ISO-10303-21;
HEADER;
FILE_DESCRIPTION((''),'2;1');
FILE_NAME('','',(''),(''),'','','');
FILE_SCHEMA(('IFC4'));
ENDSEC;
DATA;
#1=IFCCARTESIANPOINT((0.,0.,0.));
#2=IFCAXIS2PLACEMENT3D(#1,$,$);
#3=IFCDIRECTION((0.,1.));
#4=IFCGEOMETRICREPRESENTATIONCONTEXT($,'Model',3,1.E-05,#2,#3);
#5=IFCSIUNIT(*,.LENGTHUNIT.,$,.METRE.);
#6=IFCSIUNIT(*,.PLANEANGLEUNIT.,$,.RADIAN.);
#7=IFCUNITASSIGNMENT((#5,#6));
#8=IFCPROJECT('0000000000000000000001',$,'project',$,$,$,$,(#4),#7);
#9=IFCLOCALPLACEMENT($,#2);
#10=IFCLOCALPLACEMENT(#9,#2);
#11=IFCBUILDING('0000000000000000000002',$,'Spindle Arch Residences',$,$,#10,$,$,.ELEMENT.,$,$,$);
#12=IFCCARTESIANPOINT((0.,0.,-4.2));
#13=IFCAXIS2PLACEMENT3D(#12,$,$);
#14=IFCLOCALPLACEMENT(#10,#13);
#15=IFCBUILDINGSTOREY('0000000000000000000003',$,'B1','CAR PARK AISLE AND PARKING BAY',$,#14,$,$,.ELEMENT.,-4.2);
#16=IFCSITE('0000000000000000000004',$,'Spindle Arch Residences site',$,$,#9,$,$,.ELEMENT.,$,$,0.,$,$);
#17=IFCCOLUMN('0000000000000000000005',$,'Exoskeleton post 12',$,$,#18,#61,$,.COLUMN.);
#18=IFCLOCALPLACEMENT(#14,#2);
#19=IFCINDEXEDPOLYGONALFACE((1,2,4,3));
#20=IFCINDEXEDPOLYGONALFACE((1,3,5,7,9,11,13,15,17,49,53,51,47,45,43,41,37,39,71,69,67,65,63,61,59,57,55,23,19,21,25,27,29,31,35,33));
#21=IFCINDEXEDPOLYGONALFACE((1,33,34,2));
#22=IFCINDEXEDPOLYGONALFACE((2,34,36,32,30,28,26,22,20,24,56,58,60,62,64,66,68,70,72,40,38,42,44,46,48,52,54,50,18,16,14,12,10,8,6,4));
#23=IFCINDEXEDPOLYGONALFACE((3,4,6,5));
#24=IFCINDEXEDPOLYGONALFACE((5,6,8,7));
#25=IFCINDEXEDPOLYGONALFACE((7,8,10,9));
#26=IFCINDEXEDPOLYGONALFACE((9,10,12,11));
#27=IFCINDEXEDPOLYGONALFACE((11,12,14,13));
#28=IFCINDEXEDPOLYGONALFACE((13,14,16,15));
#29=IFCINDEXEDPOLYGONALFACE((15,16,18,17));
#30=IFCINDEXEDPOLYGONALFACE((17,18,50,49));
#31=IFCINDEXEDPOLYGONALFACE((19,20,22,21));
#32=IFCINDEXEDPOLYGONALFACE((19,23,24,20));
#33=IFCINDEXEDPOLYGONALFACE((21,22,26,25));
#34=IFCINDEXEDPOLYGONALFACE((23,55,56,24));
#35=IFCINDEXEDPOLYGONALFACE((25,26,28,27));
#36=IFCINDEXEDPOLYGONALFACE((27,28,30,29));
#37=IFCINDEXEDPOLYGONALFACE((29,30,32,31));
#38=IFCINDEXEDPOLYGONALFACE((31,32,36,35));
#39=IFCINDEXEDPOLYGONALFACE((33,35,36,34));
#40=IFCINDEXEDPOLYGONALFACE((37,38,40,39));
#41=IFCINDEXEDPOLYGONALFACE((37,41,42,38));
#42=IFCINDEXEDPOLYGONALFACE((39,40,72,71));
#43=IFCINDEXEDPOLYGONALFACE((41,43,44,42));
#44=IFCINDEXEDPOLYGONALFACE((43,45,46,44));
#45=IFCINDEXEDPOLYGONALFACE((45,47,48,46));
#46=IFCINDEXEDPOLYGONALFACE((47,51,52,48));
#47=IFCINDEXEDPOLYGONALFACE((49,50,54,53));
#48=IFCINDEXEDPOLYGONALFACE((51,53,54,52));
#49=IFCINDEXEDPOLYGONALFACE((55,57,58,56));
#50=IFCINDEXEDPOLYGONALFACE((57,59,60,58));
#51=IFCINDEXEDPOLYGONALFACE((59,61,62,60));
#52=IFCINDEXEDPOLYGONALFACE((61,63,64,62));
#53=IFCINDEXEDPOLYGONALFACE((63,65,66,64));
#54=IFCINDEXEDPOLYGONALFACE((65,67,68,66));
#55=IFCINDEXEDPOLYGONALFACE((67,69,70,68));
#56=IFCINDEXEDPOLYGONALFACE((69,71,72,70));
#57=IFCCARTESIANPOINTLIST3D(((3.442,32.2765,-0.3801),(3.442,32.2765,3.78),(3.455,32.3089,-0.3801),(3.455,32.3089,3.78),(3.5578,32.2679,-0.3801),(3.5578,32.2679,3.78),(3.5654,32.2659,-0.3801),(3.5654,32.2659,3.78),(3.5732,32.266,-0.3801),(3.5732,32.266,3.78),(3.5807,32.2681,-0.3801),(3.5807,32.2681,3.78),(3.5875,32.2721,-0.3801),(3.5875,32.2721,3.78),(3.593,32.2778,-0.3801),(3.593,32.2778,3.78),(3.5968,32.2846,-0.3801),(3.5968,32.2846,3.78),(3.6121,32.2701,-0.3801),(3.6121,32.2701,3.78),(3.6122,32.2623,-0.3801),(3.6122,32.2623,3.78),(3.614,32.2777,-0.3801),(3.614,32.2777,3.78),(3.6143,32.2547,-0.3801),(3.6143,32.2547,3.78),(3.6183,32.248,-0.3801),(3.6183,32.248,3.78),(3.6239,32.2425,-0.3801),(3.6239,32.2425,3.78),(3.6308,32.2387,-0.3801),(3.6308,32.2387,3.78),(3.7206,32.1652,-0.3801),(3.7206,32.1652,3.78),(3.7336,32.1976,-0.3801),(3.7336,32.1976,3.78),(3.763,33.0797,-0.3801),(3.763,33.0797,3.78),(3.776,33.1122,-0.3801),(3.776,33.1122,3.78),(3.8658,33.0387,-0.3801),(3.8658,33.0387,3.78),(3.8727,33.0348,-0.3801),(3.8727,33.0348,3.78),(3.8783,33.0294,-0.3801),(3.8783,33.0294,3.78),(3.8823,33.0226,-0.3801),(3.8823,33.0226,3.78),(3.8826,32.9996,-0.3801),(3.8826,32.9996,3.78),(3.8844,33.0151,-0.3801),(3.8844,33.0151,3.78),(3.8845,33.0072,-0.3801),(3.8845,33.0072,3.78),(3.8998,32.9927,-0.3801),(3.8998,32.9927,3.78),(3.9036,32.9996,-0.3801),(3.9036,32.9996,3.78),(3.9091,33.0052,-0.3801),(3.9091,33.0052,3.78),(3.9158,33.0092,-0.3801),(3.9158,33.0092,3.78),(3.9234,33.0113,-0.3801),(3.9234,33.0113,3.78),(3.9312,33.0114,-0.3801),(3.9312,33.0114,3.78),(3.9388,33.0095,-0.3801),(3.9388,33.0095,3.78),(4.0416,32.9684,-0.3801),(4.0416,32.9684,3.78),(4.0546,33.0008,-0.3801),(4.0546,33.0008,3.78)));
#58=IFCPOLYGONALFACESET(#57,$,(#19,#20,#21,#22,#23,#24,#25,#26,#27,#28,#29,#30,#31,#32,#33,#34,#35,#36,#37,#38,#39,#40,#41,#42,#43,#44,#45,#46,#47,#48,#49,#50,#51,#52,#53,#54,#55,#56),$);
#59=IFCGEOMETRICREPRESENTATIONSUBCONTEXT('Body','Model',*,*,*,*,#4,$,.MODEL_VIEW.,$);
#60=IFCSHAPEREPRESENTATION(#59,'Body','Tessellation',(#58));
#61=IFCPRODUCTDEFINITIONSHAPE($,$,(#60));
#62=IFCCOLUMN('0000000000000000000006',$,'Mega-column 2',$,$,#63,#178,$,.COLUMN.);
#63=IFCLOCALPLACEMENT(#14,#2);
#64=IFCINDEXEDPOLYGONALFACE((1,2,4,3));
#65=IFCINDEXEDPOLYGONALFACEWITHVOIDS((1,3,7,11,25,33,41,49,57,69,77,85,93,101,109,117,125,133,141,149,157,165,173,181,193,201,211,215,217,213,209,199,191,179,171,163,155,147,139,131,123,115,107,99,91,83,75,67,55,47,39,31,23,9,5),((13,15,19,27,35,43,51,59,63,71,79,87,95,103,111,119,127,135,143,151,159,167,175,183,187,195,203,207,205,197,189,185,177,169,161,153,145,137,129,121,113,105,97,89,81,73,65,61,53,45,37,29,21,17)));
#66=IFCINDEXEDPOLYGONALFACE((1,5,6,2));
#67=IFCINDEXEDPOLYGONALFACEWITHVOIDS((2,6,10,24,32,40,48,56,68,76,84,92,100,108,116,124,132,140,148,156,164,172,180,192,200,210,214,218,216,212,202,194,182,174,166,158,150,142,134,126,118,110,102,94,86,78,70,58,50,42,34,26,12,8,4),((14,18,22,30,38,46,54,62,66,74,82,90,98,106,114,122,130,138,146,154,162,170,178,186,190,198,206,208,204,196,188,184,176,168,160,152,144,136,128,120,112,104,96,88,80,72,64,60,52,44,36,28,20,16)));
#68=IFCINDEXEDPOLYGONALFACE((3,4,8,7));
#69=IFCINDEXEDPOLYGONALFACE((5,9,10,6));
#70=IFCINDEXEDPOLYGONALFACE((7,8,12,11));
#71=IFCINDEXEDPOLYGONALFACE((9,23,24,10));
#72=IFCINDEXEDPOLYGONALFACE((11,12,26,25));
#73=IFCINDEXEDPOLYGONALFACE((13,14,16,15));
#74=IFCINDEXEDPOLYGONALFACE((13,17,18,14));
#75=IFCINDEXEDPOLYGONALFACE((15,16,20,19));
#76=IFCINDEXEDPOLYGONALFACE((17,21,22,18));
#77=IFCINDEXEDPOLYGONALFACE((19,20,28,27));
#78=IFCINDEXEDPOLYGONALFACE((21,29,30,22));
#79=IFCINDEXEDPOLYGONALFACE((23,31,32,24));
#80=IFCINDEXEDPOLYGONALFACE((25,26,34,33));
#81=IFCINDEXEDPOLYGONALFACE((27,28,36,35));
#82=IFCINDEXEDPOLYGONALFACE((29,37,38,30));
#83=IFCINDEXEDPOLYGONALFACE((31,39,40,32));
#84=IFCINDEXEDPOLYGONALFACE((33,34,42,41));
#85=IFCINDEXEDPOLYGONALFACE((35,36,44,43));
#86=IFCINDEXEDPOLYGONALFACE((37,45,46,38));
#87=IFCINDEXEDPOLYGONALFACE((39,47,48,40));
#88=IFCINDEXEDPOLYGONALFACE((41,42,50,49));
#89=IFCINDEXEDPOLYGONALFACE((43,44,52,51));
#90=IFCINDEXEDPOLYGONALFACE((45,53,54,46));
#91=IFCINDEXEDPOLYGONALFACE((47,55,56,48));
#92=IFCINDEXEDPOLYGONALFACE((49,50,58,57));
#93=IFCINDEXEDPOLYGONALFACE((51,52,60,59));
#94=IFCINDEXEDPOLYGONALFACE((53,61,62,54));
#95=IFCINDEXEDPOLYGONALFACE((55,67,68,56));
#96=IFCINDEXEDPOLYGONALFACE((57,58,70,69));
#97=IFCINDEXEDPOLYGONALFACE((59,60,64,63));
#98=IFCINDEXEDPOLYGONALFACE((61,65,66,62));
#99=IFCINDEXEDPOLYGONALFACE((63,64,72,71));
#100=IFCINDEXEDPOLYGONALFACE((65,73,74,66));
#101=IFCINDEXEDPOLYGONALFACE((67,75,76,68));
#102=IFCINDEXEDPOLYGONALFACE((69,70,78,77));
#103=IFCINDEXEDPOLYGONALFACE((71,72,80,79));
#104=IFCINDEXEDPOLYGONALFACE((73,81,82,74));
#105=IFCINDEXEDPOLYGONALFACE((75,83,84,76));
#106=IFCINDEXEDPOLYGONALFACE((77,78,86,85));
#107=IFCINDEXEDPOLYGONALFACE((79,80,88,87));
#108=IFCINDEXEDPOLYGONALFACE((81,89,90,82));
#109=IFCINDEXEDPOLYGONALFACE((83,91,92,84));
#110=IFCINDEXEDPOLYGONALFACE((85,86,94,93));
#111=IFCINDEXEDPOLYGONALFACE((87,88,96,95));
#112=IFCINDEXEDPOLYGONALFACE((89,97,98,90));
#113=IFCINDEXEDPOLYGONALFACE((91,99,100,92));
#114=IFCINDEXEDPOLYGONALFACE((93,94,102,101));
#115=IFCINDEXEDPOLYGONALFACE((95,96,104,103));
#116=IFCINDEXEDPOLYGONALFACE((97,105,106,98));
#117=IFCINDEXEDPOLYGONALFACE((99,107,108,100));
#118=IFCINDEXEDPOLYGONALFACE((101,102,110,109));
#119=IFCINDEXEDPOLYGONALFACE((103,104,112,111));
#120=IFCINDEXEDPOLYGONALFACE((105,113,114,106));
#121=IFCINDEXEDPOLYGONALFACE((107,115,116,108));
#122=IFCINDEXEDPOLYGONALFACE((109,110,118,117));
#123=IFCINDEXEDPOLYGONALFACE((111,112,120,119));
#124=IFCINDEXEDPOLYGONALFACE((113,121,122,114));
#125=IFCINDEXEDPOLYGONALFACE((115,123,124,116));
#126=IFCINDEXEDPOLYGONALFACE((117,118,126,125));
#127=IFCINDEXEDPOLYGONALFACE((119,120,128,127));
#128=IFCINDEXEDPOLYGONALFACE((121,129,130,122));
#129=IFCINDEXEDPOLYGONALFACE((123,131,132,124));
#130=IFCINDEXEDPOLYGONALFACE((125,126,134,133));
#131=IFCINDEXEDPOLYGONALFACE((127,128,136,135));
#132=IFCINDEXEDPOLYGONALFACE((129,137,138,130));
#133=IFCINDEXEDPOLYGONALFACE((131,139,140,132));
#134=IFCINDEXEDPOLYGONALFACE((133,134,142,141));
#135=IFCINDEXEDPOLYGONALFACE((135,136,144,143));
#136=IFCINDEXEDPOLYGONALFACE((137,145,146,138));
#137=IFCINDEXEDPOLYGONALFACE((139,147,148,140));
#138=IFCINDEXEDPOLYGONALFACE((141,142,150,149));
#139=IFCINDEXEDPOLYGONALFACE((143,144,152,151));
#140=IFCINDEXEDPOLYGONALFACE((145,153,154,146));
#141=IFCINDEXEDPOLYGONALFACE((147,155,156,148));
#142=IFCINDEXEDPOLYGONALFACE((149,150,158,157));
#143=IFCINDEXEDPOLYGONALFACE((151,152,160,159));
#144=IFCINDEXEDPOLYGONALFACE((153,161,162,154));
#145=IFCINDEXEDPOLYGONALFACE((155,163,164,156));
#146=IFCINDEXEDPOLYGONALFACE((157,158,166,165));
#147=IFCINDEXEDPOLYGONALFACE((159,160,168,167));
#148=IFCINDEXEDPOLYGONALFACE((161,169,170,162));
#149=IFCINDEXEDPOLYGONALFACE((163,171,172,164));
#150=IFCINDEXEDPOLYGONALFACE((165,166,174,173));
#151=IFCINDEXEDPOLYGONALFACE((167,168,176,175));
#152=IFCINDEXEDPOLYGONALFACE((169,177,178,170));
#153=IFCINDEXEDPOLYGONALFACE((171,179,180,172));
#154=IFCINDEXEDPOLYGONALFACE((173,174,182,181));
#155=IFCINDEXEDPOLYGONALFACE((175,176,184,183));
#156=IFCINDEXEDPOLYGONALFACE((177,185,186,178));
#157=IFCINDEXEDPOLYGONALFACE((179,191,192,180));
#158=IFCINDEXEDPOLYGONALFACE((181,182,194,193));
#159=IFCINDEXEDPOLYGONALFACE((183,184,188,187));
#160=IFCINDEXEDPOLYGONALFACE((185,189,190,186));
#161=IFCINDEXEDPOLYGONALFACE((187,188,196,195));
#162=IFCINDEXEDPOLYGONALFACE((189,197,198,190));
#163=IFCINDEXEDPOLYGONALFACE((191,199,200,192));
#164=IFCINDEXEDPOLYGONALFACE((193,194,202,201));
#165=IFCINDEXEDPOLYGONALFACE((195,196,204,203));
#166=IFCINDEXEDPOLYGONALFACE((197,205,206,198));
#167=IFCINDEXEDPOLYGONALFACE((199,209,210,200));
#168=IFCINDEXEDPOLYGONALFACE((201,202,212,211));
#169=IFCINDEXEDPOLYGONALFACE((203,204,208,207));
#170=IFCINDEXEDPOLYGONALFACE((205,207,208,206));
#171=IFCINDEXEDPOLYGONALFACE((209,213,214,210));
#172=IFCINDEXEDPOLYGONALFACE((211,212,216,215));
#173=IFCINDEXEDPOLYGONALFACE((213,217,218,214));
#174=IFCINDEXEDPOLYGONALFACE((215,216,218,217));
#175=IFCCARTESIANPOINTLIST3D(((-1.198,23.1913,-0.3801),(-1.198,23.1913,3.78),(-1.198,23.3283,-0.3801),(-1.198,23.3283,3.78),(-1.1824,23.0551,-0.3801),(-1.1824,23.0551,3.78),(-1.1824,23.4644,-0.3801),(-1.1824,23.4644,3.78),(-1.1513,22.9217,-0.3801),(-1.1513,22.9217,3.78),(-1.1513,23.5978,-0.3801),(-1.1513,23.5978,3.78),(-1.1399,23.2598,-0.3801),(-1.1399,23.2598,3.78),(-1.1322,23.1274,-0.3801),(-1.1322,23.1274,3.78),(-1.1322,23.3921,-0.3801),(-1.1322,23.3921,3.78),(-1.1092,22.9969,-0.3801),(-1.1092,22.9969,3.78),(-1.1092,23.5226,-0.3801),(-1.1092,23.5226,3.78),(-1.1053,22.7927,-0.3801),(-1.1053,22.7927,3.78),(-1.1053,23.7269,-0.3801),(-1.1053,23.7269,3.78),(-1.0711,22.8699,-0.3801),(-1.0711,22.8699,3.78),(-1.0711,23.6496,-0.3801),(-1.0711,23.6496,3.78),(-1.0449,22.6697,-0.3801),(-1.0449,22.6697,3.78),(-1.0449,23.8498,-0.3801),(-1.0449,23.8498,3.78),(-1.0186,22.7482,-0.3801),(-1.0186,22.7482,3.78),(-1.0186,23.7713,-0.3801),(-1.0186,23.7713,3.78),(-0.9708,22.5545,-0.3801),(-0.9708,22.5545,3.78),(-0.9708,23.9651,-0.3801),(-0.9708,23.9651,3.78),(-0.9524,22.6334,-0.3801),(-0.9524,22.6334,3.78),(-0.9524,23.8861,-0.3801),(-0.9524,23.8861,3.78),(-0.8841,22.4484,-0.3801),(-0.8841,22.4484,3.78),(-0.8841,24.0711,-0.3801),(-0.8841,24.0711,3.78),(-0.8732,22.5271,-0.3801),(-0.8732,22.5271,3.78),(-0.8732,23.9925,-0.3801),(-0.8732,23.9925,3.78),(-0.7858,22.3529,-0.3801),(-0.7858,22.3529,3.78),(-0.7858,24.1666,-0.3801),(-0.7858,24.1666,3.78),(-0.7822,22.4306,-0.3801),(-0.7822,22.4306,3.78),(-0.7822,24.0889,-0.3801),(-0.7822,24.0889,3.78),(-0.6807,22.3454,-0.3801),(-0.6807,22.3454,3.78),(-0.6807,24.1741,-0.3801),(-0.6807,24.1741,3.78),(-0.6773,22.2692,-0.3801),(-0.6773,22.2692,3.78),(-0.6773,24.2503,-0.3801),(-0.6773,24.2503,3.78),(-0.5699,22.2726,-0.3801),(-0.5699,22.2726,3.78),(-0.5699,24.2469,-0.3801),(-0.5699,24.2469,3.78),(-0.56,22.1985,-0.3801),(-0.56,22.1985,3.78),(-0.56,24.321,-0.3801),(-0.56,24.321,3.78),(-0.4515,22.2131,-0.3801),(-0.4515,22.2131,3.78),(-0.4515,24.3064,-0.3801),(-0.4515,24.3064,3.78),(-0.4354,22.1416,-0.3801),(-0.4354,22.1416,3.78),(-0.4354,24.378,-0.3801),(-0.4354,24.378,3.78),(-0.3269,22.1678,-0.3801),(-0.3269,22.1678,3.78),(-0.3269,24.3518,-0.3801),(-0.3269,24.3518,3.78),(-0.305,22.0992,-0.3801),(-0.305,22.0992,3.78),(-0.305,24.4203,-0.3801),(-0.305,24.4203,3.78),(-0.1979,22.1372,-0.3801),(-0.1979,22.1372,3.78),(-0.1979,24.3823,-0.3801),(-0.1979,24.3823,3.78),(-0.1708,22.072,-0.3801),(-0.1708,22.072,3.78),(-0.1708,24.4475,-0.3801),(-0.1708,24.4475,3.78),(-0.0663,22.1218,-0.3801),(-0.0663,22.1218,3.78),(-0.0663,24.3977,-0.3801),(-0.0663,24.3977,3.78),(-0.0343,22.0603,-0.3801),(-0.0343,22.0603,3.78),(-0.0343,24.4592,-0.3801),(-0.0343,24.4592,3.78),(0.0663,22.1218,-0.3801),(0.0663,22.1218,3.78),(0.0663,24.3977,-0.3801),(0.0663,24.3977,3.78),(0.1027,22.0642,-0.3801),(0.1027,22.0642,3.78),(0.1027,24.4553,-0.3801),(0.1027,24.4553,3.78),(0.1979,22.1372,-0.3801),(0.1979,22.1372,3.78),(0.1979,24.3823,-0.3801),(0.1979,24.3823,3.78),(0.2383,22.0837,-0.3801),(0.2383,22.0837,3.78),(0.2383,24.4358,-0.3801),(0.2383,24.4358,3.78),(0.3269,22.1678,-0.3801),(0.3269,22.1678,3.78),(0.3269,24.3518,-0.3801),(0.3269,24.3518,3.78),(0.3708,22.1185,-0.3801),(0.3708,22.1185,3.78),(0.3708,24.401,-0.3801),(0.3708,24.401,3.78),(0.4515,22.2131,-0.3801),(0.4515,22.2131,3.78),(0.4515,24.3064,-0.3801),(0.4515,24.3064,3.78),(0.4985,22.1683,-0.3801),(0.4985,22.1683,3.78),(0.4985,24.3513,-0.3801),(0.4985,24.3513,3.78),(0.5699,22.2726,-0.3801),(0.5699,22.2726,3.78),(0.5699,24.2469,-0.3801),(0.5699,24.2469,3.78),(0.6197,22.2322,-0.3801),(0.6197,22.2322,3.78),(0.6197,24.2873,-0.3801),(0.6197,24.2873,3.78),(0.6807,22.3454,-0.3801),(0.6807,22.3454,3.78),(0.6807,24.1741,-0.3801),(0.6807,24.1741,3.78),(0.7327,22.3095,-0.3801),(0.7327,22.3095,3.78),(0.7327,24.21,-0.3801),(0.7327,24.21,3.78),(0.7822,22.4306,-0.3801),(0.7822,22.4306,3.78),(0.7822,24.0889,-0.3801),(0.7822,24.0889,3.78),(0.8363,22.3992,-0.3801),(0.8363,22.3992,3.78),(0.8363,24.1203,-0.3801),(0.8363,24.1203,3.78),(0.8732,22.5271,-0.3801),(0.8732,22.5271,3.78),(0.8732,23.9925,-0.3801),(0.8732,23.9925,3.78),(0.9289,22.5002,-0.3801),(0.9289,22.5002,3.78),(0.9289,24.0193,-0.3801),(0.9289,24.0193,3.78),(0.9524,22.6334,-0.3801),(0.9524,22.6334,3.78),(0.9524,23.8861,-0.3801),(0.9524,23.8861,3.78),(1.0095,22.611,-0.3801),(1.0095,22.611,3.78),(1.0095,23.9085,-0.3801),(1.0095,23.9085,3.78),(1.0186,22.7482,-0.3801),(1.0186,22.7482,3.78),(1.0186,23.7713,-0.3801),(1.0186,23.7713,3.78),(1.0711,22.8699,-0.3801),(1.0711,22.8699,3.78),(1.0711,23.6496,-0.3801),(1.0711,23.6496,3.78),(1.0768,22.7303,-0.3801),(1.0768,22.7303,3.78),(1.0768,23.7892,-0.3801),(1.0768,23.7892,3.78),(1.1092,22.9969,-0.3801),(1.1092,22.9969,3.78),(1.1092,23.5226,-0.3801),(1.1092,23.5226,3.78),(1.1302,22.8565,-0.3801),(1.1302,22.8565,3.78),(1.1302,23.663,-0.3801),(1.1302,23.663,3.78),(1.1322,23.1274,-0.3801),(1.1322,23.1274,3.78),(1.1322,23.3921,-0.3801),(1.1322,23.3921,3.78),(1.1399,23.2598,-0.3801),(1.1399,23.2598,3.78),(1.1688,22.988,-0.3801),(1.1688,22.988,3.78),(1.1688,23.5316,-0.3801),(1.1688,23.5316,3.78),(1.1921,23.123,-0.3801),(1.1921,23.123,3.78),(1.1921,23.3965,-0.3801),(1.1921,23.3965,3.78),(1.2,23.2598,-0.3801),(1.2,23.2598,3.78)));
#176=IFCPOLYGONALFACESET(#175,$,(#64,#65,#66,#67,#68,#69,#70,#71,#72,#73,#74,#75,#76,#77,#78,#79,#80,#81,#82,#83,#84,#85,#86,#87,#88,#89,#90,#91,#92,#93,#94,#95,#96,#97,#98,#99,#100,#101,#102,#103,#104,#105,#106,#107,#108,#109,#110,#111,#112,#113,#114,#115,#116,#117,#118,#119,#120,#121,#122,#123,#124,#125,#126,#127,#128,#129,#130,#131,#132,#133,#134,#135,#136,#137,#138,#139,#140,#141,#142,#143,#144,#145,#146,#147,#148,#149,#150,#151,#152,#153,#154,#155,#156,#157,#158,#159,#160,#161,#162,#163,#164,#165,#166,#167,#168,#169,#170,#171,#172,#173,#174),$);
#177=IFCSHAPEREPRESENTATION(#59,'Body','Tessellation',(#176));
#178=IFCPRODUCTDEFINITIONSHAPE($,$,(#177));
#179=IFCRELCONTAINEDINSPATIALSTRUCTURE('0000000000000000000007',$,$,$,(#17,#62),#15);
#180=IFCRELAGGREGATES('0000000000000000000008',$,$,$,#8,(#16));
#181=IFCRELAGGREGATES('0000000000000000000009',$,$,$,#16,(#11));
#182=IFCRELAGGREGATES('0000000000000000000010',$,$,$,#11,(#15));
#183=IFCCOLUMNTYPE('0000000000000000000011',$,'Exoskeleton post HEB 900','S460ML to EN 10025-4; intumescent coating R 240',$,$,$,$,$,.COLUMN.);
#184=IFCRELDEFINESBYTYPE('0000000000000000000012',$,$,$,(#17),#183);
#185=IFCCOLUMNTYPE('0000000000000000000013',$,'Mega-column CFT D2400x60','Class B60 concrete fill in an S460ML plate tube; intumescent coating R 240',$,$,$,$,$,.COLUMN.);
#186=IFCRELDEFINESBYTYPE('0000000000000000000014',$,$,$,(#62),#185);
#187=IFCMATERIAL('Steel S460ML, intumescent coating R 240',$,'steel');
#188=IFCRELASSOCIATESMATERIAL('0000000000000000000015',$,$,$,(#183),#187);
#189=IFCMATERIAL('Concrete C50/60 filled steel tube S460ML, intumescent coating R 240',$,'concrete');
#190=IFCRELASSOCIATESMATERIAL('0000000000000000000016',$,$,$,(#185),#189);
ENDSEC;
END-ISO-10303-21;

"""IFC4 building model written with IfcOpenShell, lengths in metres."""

from ifc_helpers import new_model, si_unit, direction, frame, origin, origin_2d, place, context, subcontext, project, spatial, hollow_circle, i_section, extrude, material, material_profile, profile_set, type_object, element, save


model = new_model("IFC4")

# Units and contexts
model_context = context("Model", 3, precision=1e-05, world=origin(), true_north=direction((0.0, 1.0)))
body_context = subcontext(model_context, "Body", "Model", "MODEL_VIEW")
ifc_project = project(units=[si_unit("LENGTHUNIT", "METRE"), si_unit("PLANEANGLEUNIT", "RADIAN")], contexts=[model_context])

# Site, building, storey
site_placement = place(None, origin())
site = spatial("IfcSite", under=ifc_project, at=site_placement, Name="Spindle Arch Residences site", CompositionType="ELEMENT", RefElevation=0.0)
building_placement = place(site_placement, origin())
building = spatial("IfcBuilding", under=site, at=building_placement, Name="Spindle Arch Residences", CompositionType="ELEMENT")
storey_placement = place(building_placement, frame((0.0, 0.0, -4.2)))
storey = spatial("IfcBuildingStorey", under=building, at=storey_placement, Name="B1", Description="CAR PARK AISLE AND PARKING BAY", CompositionType="ELEMENT", Elevation=-4.2)

# Columns
ifc_material_1 = material(Name="Steel S460ML, intumescent coating R 240", Category="steel")
ifc_material_profile_1 = material_profile(ifc_material_1, i_section(OverallWidth=0.3, OverallDepth=0.8999, WebThickness=0.0186, FlangeThickness=0.0349, FilletRadius=0.03, at=origin_2d()), Name="HEB 900")
ifc_profile_set_1 = profile_set([ifc_material_profile_1], Name="Steel S460ML, intumescent coating R 240")
column_type_1 = type_object("IfcColumnType", Name="Exoskeleton post HEB 900", Description="S460ML to EN 10025-4; intumescent coating R 240", PredefinedType="COLUMN", material=ifc_profile_set_1)
column_1_placement = place(storey_placement, frame((3.7483, 32.6387, -0.3801), z_axis=(0.0, 0.0, 1.0), x_axis=(0.92859, -0.371108, 0.0)))
element("IfcColumn", 1, at=column_1_placement, inside=storey, type_object=column_type_1, Name="Exoskeleton post 12", PredefinedType="COLUMN", context=body_context, shape_type="SweptSolid", body=[
    extrude(i_section(OverallWidth=0.3, OverallDepth=0.8999, WebThickness=0.0186, FlangeThickness=0.0349, FilletRadius=0.03, at=origin_2d()), origin(), (0.0, 0.0, 1.0), 4.1602),
])
ifc_material_2 = material(Name="Concrete C50/60 filled steel tube S460ML, intumescent coating R 240", Category="concrete")
ifc_material_profile_2 = material_profile(ifc_material_2, hollow_circle(Radius=1.2, WallThickness=0.0601, at=origin_2d()), Name="CFT D2400x60")
ifc_profile_set_2 = profile_set([ifc_material_profile_2], Name="Concrete C50/60 filled steel tube S460ML, intumescent coating R 240")
column_type_2 = type_object("IfcColumnType", Name="Mega-column CFT D2400x60", Description="Class B60 concrete fill in an S460ML plate tube; intumescent coating R 240", PredefinedType="COLUMN", material=ifc_profile_set_2)
column_2_placement = place(storey_placement, frame((0.0, 23.2598, -0.3801), z_axis=(0.0, 0.0, 1.0), x_axis=(1.0, 0.0, 0.0)))
element("IfcColumn", 2, at=column_2_placement, inside=storey, type_object=column_type_2, Name="Mega-column 2", PredefinedType="COLUMN", context=body_context, shape_type="SweptSolid", body=[
    extrude(hollow_circle(Radius=1.2, WallThickness=0.0601, at=origin_2d()), origin(), (0.0, 0.0, 1.0), 4.1602),
])

save(model, "model.ifc")
